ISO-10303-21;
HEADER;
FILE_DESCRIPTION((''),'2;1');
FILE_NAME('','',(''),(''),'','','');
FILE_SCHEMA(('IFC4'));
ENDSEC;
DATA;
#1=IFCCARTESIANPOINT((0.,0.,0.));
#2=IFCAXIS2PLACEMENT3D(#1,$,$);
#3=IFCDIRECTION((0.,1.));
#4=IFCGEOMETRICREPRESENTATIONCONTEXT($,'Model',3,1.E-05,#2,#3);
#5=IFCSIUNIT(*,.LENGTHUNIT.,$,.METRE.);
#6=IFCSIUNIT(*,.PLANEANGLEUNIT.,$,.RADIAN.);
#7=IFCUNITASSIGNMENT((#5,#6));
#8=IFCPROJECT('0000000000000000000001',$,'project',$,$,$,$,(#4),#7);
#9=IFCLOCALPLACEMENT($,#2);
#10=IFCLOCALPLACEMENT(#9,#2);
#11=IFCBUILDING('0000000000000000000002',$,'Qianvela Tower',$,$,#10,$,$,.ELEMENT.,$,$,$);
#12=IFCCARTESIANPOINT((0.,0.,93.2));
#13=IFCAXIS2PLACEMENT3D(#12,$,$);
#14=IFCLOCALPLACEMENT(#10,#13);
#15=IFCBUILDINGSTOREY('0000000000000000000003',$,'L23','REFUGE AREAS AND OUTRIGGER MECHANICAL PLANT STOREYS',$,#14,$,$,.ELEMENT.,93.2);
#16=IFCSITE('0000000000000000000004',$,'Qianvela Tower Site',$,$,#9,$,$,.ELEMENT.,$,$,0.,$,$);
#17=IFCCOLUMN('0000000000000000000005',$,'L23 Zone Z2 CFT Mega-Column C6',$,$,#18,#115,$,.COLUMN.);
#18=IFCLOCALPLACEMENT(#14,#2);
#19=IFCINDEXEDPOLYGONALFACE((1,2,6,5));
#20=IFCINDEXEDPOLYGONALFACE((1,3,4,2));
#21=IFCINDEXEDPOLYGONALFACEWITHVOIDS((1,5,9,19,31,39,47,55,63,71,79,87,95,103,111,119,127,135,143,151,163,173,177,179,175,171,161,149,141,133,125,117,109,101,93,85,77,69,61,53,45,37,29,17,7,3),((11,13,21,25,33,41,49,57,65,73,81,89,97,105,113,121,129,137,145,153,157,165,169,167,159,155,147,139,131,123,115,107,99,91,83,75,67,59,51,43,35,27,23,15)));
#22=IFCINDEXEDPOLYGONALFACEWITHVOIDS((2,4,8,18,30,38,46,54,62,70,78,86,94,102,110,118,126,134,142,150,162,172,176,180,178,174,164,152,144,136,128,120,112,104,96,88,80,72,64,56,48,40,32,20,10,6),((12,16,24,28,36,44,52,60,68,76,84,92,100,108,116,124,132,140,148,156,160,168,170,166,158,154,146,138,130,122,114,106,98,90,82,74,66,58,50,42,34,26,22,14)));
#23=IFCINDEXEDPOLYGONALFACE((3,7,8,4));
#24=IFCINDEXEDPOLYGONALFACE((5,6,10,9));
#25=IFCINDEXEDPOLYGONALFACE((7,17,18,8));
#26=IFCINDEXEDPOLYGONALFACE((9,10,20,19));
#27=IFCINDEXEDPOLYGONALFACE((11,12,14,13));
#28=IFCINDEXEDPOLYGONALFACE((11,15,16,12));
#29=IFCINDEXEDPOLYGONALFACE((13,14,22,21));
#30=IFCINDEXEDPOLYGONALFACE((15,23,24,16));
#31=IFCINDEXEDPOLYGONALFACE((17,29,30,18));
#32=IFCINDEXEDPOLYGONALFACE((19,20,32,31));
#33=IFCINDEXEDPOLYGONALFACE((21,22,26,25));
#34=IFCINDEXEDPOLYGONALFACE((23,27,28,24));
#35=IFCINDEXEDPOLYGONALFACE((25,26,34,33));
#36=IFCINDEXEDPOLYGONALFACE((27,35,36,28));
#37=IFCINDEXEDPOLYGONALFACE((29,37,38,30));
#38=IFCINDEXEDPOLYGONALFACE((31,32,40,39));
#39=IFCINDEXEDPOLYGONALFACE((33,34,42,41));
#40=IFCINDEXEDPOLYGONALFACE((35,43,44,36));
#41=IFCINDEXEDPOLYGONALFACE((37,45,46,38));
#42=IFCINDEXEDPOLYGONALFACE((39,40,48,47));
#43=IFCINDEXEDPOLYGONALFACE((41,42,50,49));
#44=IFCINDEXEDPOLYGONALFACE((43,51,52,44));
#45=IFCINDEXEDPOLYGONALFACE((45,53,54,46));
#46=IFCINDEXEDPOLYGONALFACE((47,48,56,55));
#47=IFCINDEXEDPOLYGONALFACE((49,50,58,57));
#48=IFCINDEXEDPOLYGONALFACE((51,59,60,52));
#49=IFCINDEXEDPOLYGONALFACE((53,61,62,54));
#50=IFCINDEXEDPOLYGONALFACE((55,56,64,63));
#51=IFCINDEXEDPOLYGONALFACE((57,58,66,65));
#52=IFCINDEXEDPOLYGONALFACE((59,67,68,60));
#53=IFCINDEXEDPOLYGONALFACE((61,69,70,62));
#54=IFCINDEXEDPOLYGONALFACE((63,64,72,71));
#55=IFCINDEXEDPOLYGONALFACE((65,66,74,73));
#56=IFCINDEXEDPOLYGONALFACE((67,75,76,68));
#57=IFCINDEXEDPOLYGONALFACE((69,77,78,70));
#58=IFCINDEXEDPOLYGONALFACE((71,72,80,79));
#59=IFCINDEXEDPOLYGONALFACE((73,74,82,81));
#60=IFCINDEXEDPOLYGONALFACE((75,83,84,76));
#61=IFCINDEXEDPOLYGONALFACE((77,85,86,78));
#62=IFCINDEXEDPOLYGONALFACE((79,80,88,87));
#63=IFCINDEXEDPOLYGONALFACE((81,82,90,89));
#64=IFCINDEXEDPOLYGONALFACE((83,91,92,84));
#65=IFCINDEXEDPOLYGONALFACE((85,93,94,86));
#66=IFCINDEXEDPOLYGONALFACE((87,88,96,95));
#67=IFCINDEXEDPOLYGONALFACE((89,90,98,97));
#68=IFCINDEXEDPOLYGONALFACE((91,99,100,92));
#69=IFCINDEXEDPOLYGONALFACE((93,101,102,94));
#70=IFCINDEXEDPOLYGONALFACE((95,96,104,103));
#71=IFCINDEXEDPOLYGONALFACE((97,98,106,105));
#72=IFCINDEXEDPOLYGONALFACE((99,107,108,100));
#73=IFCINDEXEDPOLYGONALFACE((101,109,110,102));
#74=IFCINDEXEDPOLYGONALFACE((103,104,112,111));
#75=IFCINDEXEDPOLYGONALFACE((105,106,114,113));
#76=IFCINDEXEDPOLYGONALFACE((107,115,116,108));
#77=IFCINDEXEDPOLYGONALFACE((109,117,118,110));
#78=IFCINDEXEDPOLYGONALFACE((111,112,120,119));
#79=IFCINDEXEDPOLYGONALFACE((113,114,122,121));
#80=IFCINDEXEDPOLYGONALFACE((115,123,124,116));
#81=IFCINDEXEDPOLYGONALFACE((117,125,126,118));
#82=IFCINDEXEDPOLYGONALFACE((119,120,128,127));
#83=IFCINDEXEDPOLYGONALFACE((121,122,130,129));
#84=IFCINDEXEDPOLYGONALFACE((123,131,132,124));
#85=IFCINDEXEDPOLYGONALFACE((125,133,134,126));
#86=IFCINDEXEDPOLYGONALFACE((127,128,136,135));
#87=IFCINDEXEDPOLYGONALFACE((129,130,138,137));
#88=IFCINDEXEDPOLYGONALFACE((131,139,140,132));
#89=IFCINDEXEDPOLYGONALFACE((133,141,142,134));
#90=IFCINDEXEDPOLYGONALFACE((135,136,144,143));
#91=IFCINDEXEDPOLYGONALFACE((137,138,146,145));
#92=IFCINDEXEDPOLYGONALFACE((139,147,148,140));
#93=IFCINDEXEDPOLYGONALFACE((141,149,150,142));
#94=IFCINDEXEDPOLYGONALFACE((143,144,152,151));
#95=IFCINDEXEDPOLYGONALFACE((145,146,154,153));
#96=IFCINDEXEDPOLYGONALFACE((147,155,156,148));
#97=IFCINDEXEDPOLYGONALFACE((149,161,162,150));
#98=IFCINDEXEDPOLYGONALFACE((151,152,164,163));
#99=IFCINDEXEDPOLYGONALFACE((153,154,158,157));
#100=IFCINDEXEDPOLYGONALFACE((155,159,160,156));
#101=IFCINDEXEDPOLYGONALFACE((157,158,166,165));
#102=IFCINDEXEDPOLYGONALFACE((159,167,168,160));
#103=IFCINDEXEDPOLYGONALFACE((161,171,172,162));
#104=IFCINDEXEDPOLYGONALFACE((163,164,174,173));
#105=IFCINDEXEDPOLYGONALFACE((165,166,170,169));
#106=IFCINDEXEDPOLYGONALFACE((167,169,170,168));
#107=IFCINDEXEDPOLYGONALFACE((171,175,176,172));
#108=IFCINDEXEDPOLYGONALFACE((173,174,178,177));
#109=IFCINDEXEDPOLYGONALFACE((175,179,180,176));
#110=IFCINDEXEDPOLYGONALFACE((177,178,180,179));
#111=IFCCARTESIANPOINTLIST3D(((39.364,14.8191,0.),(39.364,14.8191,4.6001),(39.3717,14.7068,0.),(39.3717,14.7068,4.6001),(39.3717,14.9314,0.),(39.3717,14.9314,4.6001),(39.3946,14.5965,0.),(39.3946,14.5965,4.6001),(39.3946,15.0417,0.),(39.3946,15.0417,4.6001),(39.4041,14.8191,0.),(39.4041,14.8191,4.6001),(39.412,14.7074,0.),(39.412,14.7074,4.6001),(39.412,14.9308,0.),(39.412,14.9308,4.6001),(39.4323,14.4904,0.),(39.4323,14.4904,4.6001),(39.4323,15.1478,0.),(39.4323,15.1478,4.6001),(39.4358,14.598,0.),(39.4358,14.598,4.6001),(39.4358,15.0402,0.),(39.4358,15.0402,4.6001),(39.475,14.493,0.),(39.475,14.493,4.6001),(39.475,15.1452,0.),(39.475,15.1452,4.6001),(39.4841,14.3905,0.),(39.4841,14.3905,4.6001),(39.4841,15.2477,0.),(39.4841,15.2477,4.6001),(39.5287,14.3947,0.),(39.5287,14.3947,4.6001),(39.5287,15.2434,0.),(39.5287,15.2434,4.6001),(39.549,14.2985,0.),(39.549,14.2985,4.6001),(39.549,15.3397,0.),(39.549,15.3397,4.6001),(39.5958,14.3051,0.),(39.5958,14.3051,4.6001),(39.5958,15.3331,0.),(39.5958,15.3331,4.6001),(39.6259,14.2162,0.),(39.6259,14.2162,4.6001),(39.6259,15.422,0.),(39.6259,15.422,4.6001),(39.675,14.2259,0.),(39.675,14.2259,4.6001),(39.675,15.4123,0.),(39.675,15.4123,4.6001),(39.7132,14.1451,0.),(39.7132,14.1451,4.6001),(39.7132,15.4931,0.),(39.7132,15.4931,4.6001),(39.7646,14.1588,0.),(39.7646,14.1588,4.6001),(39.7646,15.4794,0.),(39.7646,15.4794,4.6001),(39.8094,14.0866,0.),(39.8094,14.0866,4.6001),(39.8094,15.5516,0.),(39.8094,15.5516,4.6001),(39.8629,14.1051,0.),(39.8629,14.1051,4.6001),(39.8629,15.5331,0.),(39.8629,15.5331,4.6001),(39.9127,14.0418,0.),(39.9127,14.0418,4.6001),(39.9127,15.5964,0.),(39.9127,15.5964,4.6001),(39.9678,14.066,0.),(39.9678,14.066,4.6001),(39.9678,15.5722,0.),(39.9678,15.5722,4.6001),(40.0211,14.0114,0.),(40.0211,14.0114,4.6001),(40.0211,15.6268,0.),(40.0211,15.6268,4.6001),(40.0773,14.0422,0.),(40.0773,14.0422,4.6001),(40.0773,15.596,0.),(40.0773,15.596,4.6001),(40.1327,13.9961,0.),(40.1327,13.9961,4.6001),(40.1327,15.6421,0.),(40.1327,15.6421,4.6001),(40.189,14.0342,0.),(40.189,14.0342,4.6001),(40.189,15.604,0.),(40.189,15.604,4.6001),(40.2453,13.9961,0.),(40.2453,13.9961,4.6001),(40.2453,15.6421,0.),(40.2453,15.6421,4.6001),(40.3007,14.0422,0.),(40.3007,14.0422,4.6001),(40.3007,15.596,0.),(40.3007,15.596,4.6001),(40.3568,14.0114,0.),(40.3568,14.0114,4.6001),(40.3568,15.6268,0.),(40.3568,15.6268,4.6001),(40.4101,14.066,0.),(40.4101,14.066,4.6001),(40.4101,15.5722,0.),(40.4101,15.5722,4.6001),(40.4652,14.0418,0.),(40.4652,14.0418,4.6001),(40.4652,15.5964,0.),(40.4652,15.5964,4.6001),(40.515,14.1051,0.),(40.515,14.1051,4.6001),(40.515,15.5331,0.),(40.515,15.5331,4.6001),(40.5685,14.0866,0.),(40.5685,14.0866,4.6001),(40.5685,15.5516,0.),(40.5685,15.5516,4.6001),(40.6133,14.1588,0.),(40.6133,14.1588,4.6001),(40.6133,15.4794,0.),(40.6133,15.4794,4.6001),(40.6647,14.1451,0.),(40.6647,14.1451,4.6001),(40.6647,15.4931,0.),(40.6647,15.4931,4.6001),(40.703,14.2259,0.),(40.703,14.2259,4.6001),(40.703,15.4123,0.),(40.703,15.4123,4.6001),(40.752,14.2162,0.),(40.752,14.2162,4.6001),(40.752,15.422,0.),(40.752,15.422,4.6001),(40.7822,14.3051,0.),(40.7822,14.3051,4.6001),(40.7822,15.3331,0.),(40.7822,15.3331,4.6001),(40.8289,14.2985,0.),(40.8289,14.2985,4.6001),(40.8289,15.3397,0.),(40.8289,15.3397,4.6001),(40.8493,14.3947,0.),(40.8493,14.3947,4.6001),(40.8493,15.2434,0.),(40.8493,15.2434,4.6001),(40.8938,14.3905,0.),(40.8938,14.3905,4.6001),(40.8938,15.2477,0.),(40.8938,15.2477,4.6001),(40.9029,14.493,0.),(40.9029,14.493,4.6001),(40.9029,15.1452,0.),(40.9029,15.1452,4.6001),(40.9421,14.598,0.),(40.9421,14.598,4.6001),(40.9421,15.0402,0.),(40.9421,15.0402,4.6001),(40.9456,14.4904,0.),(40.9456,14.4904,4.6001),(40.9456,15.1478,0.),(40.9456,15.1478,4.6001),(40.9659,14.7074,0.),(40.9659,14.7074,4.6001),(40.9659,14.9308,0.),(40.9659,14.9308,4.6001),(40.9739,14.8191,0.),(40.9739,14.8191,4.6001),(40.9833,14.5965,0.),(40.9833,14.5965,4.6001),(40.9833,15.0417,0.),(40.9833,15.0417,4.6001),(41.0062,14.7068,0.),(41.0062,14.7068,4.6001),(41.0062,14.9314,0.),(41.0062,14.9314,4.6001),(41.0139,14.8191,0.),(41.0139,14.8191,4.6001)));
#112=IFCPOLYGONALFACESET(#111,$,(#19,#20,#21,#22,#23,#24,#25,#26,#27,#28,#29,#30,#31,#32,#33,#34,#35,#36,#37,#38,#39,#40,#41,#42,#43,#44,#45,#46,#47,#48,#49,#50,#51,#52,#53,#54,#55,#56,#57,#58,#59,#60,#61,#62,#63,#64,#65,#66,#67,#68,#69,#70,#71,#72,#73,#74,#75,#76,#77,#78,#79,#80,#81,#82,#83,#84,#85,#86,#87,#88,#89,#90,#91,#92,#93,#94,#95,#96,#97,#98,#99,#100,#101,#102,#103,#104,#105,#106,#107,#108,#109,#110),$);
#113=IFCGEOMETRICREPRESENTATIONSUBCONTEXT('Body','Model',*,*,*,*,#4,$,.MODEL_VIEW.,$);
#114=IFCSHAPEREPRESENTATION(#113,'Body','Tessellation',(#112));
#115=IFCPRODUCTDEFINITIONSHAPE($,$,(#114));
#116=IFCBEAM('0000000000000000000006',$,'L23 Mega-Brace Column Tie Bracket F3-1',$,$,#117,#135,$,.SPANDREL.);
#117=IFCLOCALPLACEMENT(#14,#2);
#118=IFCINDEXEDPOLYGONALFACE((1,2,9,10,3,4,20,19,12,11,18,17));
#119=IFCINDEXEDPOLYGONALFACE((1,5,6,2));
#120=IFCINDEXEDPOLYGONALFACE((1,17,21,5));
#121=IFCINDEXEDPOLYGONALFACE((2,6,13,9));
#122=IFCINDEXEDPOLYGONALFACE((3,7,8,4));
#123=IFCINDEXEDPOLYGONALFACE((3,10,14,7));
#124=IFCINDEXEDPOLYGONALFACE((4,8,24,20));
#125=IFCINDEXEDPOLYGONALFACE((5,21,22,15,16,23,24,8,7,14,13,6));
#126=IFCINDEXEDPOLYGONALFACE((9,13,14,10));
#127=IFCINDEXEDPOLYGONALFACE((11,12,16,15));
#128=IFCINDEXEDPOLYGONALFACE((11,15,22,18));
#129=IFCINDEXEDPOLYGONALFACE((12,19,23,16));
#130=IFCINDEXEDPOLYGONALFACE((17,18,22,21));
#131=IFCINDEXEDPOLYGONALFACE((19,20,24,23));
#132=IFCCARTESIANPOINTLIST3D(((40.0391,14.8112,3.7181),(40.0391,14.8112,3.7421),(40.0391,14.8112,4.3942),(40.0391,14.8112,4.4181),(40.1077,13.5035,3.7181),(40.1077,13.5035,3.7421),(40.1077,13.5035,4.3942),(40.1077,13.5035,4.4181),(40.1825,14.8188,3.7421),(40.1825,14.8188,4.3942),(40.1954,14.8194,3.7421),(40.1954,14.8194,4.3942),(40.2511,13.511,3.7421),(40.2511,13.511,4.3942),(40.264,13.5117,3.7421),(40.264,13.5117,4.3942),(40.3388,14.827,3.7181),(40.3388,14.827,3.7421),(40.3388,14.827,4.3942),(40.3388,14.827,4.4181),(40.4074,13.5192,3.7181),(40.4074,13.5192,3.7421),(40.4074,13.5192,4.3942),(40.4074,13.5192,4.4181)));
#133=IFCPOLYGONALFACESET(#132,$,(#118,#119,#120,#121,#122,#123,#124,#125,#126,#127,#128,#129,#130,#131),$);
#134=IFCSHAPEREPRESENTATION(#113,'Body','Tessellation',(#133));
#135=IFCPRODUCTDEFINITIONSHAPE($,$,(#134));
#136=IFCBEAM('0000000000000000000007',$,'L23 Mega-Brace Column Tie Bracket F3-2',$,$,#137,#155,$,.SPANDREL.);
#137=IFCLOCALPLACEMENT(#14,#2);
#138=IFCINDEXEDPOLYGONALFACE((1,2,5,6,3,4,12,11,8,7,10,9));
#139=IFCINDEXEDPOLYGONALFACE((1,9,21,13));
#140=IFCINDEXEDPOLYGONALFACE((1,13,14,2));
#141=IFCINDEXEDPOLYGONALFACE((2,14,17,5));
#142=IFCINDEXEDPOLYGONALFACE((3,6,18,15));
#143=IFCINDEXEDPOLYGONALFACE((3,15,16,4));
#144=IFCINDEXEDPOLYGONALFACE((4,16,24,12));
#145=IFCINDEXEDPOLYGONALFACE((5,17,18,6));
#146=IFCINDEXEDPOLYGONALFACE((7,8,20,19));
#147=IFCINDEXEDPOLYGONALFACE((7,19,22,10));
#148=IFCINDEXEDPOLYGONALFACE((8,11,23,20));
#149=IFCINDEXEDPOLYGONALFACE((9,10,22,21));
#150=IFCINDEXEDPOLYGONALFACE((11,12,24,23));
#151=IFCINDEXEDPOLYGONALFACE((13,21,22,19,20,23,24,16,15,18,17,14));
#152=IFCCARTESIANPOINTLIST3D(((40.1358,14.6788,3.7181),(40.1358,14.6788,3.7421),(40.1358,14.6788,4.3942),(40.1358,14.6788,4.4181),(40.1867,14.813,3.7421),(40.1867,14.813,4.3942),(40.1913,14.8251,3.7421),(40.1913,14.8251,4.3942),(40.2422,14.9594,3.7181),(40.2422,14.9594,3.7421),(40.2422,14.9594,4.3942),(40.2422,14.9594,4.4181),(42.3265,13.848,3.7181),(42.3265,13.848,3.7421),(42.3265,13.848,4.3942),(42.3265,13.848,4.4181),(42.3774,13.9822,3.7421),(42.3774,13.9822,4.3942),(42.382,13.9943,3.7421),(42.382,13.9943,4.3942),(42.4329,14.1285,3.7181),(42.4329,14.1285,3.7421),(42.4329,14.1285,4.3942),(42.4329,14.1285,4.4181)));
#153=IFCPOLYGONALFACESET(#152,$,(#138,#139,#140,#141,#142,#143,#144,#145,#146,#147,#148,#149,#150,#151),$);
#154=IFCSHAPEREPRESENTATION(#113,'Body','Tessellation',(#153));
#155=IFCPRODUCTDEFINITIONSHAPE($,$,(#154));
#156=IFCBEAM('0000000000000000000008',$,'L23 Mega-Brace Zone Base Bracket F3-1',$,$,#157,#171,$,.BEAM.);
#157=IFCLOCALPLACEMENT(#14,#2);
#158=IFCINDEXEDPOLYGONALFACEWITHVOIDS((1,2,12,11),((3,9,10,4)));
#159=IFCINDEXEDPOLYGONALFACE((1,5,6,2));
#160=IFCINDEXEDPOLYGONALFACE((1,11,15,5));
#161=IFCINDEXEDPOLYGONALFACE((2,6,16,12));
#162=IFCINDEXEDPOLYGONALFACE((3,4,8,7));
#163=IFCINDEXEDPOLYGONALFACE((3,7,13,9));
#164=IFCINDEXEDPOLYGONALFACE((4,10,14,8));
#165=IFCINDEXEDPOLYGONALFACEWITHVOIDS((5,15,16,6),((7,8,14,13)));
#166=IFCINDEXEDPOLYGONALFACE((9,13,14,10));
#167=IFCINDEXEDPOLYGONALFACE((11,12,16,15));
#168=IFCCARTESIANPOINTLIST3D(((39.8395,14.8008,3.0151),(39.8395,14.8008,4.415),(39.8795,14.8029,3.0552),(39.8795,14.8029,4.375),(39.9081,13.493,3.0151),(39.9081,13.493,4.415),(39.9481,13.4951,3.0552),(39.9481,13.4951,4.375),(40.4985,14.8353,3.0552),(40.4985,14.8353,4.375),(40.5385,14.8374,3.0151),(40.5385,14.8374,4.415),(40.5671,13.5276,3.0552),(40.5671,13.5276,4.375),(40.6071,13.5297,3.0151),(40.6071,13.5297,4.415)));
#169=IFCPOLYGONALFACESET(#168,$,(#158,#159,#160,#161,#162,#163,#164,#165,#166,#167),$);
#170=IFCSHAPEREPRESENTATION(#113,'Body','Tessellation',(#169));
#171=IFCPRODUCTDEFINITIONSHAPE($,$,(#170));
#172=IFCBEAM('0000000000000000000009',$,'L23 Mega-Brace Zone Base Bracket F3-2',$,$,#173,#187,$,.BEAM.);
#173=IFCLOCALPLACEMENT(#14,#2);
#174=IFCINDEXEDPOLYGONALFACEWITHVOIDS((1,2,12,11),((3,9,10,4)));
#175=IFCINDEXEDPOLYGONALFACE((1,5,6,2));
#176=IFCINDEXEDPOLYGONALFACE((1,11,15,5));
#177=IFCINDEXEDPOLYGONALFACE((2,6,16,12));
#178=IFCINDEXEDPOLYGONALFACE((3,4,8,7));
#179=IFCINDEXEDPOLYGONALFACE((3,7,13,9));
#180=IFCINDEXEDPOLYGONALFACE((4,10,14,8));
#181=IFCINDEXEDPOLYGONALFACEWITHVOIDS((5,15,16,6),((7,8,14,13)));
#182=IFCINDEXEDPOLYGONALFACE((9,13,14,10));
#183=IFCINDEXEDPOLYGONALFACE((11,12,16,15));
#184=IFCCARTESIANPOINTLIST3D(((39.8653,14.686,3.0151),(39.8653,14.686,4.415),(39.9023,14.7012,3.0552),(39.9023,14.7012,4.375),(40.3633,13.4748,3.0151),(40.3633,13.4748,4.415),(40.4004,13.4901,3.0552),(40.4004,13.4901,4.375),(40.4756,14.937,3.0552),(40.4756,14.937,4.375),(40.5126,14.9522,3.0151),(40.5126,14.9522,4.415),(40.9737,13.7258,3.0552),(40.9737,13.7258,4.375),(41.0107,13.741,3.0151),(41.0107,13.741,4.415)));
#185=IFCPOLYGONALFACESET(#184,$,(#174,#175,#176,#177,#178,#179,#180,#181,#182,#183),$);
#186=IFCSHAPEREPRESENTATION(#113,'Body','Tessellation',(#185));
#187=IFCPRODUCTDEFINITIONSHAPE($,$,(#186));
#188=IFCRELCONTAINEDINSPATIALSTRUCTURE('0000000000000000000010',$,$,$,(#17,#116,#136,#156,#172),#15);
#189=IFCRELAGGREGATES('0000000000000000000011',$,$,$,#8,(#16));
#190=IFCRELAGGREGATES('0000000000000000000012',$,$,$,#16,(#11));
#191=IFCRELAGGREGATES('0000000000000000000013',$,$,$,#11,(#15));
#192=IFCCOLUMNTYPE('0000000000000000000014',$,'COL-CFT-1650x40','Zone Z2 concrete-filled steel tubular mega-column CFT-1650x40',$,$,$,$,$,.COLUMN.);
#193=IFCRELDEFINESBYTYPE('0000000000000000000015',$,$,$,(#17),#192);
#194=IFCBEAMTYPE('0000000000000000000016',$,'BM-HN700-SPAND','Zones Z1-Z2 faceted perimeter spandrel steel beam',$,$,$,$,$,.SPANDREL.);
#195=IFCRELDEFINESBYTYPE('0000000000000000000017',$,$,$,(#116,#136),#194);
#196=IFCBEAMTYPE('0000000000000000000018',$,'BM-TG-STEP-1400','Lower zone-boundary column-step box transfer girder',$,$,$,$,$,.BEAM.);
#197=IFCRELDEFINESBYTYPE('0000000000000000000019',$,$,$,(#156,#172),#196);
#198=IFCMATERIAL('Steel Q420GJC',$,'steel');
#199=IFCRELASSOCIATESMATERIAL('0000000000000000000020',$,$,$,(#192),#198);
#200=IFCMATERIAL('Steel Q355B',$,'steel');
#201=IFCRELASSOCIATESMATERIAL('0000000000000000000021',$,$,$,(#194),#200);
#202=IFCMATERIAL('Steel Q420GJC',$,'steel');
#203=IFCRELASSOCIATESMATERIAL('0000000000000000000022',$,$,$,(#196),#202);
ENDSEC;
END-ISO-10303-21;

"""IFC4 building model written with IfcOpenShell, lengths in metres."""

from ifc_helpers import new_model, si_unit, direction, frame, origin, origin_2d, place, context, subcontext, project, spatial, hollow_rectangle, hollow_circle, i_section, extrude, material, material_profile, profile_set, type_object, element, save


model = new_model("IFC4")

# Units and contexts
model_context = context("Model", 3, precision=1e-05, world=origin(), true_north=direction((0.0, 1.0)))
body_context = subcontext(model_context, "Body", "Model", "MODEL_VIEW")
ifc_project = project(units=[si_unit("LENGTHUNIT", "METRE"), si_unit("PLANEANGLEUNIT", "RADIAN")], contexts=[model_context])

# Site, building, storey
site_placement = place(None, origin())
site = spatial("IfcSite", under=ifc_project, at=site_placement, Name="Qianvela Tower Site", CompositionType="ELEMENT", RefElevation=0.0)
building_placement = place(site_placement, origin())
building = spatial("IfcBuilding", under=site, at=building_placement, Name="Qianvela Tower", CompositionType="ELEMENT")
storey_placement = place(building_placement, frame((0.0, 0.0, 93.2)))
storey = spatial("IfcBuildingStorey", under=building, at=storey_placement, Name="L23", Description="REFUGE AREAS AND OUTRIGGER MECHANICAL PLANT STOREYS", CompositionType="ELEMENT", Elevation=93.2)

# Column
ifc_material_1 = material(Name="Steel Q420GJC", Category="steel")
ifc_material_profile_1 = material_profile(ifc_material_1, hollow_circle(Radius=0.825, WallThickness=0.04, at=origin_2d()), Name="CFT-1650x40")
ifc_profile_set_1 = profile_set([ifc_material_profile_1], Name="Steel Q420GJC")
column_type = type_object("IfcColumnType", Name="COL-CFT-1650x40", Description="Zone Z2 concrete-filled steel tubular mega-column CFT-1650x40", PredefinedType="COLUMN", material=ifc_profile_set_1)
column_placement = place(storey_placement, frame((40.189, 14.8191, 0.0), z_axis=(0.0, 0.0, 1.0), x_axis=(1.0, 0.0, 0.0)))
element("IfcColumn", 1, at=column_placement, inside=storey, type_object=column_type, Name="L23 Zone Z2 CFT Mega-Column C6", PredefinedType="COLUMN", context=body_context, shape_type="SweptSolid", body=[
    extrude(hollow_circle(Radius=0.825, WallThickness=0.04, at=origin_2d()), origin(), (0.0, 0.0, 1.0), 4.6001),
])

# Beams
ifc_material_2 = material(Name="Steel Q355B", Category="steel")
ifc_material_profile_2 = material_profile(ifc_material_2, i_section(OverallWidth=0.3, OverallDepth=0.7, WebThickness=0.0129, FlangeThickness=0.0239, at=origin_2d()), Name="HN700x300x13x24")
ifc_profile_set_2 = profile_set([ifc_material_profile_2], Name="Steel Q355B")
beam_type_1 = type_object("IfcBeamType", Name="BM-HN700-SPAND", Description="Zones Z1-Z2 faceted perimeter spandrel steel beam", PredefinedType="SPANDREL", material=ifc_profile_set_2)
beam_1_placement = place(storey_placement, frame((40.189, 14.8191, 4.0681), z_axis=(0.052383, -0.998627, 0.0), x_axis=(0.998627, 0.052383, 0.0)))
element("IfcBeam", 2, at=beam_1_placement, inside=storey, type_object=beam_type_1, Name="L23 Mega-Brace Column Tie Bracket F3-1", PredefinedType="SPANDREL", context=body_context, shape_type="SweptSolid", body=[
    extrude(i_section(OverallWidth=0.3, OverallDepth=0.7, WebThickness=0.0129, FlangeThickness=0.0239, at=origin_2d()), origin(), (0.0, 0.0, 1.0), 1.3096),
])
beam_2_placement = place(storey_placement, frame((40.189, 14.8191, 4.0681), z_axis=(0.935017, -0.354604, 0.0), x_axis=(0.354604, 0.935017, 0.0)))
element("IfcBeam", 3, at=beam_2_placement, inside=storey, type_object=beam_type_1, Name="L23 Mega-Brace Column Tie Bracket F3-2", PredefinedType="SPANDREL", context=body_context, shape_type="SweptSolid", body=[
    extrude(i_section(OverallWidth=0.3, OverallDepth=0.7, WebThickness=0.0129, FlangeThickness=0.0239, at=origin_2d()), origin(), (0.0, 0.0, 1.0), 2.343),
])
ifc_material_3 = material(Name="Steel Q420GJC", Category="steel")
ifc_material_profile_3 = material_profile(ifc_material_3, hollow_rectangle(XDim=0.7, YDim=1.3999, WallThickness=0.04, at=origin_2d()), Name="TG-BOX-1400x700x40")
ifc_profile_set_3 = profile_set([ifc_material_profile_3], Name="Steel Q420GJC")
beam_type_2 = type_object("IfcBeamType", Name="BM-TG-STEP-1400", Description="Lower zone-boundary column-step box transfer girder", PredefinedType="BEAM", material=ifc_profile_set_3)
for number, where, z_axis, x_axis, name in (
    (4, (40.189, 14.8191, 3.7151), (0.052383, -0.998627, 0.0), (0.998627, 0.052383, 0.0), "L23 Mega-Brace Zone Base Bracket F3-1"),
    (5, (40.189, 14.8191, 3.7151), (0.380309, -0.924859, 0.0), (0.924859, 0.380309, 0.0), "L23 Mega-Brace Zone Base Bracket F3-2"),
):
    element("IfcBeam", number, at=place(storey_placement, frame(where, z_axis=z_axis, x_axis=x_axis)), inside=storey, type_object=beam_type_2, Name=name, PredefinedType="BEAM", context=body_context, shape_type="SweptSolid", body=[
        extrude(hollow_rectangle(XDim=0.7, YDim=1.3999, WallThickness=0.04, at=origin_2d()), origin(), (0.0, 0.0, 1.0), 1.3096),
    ])

save(model, "model.ifc")
